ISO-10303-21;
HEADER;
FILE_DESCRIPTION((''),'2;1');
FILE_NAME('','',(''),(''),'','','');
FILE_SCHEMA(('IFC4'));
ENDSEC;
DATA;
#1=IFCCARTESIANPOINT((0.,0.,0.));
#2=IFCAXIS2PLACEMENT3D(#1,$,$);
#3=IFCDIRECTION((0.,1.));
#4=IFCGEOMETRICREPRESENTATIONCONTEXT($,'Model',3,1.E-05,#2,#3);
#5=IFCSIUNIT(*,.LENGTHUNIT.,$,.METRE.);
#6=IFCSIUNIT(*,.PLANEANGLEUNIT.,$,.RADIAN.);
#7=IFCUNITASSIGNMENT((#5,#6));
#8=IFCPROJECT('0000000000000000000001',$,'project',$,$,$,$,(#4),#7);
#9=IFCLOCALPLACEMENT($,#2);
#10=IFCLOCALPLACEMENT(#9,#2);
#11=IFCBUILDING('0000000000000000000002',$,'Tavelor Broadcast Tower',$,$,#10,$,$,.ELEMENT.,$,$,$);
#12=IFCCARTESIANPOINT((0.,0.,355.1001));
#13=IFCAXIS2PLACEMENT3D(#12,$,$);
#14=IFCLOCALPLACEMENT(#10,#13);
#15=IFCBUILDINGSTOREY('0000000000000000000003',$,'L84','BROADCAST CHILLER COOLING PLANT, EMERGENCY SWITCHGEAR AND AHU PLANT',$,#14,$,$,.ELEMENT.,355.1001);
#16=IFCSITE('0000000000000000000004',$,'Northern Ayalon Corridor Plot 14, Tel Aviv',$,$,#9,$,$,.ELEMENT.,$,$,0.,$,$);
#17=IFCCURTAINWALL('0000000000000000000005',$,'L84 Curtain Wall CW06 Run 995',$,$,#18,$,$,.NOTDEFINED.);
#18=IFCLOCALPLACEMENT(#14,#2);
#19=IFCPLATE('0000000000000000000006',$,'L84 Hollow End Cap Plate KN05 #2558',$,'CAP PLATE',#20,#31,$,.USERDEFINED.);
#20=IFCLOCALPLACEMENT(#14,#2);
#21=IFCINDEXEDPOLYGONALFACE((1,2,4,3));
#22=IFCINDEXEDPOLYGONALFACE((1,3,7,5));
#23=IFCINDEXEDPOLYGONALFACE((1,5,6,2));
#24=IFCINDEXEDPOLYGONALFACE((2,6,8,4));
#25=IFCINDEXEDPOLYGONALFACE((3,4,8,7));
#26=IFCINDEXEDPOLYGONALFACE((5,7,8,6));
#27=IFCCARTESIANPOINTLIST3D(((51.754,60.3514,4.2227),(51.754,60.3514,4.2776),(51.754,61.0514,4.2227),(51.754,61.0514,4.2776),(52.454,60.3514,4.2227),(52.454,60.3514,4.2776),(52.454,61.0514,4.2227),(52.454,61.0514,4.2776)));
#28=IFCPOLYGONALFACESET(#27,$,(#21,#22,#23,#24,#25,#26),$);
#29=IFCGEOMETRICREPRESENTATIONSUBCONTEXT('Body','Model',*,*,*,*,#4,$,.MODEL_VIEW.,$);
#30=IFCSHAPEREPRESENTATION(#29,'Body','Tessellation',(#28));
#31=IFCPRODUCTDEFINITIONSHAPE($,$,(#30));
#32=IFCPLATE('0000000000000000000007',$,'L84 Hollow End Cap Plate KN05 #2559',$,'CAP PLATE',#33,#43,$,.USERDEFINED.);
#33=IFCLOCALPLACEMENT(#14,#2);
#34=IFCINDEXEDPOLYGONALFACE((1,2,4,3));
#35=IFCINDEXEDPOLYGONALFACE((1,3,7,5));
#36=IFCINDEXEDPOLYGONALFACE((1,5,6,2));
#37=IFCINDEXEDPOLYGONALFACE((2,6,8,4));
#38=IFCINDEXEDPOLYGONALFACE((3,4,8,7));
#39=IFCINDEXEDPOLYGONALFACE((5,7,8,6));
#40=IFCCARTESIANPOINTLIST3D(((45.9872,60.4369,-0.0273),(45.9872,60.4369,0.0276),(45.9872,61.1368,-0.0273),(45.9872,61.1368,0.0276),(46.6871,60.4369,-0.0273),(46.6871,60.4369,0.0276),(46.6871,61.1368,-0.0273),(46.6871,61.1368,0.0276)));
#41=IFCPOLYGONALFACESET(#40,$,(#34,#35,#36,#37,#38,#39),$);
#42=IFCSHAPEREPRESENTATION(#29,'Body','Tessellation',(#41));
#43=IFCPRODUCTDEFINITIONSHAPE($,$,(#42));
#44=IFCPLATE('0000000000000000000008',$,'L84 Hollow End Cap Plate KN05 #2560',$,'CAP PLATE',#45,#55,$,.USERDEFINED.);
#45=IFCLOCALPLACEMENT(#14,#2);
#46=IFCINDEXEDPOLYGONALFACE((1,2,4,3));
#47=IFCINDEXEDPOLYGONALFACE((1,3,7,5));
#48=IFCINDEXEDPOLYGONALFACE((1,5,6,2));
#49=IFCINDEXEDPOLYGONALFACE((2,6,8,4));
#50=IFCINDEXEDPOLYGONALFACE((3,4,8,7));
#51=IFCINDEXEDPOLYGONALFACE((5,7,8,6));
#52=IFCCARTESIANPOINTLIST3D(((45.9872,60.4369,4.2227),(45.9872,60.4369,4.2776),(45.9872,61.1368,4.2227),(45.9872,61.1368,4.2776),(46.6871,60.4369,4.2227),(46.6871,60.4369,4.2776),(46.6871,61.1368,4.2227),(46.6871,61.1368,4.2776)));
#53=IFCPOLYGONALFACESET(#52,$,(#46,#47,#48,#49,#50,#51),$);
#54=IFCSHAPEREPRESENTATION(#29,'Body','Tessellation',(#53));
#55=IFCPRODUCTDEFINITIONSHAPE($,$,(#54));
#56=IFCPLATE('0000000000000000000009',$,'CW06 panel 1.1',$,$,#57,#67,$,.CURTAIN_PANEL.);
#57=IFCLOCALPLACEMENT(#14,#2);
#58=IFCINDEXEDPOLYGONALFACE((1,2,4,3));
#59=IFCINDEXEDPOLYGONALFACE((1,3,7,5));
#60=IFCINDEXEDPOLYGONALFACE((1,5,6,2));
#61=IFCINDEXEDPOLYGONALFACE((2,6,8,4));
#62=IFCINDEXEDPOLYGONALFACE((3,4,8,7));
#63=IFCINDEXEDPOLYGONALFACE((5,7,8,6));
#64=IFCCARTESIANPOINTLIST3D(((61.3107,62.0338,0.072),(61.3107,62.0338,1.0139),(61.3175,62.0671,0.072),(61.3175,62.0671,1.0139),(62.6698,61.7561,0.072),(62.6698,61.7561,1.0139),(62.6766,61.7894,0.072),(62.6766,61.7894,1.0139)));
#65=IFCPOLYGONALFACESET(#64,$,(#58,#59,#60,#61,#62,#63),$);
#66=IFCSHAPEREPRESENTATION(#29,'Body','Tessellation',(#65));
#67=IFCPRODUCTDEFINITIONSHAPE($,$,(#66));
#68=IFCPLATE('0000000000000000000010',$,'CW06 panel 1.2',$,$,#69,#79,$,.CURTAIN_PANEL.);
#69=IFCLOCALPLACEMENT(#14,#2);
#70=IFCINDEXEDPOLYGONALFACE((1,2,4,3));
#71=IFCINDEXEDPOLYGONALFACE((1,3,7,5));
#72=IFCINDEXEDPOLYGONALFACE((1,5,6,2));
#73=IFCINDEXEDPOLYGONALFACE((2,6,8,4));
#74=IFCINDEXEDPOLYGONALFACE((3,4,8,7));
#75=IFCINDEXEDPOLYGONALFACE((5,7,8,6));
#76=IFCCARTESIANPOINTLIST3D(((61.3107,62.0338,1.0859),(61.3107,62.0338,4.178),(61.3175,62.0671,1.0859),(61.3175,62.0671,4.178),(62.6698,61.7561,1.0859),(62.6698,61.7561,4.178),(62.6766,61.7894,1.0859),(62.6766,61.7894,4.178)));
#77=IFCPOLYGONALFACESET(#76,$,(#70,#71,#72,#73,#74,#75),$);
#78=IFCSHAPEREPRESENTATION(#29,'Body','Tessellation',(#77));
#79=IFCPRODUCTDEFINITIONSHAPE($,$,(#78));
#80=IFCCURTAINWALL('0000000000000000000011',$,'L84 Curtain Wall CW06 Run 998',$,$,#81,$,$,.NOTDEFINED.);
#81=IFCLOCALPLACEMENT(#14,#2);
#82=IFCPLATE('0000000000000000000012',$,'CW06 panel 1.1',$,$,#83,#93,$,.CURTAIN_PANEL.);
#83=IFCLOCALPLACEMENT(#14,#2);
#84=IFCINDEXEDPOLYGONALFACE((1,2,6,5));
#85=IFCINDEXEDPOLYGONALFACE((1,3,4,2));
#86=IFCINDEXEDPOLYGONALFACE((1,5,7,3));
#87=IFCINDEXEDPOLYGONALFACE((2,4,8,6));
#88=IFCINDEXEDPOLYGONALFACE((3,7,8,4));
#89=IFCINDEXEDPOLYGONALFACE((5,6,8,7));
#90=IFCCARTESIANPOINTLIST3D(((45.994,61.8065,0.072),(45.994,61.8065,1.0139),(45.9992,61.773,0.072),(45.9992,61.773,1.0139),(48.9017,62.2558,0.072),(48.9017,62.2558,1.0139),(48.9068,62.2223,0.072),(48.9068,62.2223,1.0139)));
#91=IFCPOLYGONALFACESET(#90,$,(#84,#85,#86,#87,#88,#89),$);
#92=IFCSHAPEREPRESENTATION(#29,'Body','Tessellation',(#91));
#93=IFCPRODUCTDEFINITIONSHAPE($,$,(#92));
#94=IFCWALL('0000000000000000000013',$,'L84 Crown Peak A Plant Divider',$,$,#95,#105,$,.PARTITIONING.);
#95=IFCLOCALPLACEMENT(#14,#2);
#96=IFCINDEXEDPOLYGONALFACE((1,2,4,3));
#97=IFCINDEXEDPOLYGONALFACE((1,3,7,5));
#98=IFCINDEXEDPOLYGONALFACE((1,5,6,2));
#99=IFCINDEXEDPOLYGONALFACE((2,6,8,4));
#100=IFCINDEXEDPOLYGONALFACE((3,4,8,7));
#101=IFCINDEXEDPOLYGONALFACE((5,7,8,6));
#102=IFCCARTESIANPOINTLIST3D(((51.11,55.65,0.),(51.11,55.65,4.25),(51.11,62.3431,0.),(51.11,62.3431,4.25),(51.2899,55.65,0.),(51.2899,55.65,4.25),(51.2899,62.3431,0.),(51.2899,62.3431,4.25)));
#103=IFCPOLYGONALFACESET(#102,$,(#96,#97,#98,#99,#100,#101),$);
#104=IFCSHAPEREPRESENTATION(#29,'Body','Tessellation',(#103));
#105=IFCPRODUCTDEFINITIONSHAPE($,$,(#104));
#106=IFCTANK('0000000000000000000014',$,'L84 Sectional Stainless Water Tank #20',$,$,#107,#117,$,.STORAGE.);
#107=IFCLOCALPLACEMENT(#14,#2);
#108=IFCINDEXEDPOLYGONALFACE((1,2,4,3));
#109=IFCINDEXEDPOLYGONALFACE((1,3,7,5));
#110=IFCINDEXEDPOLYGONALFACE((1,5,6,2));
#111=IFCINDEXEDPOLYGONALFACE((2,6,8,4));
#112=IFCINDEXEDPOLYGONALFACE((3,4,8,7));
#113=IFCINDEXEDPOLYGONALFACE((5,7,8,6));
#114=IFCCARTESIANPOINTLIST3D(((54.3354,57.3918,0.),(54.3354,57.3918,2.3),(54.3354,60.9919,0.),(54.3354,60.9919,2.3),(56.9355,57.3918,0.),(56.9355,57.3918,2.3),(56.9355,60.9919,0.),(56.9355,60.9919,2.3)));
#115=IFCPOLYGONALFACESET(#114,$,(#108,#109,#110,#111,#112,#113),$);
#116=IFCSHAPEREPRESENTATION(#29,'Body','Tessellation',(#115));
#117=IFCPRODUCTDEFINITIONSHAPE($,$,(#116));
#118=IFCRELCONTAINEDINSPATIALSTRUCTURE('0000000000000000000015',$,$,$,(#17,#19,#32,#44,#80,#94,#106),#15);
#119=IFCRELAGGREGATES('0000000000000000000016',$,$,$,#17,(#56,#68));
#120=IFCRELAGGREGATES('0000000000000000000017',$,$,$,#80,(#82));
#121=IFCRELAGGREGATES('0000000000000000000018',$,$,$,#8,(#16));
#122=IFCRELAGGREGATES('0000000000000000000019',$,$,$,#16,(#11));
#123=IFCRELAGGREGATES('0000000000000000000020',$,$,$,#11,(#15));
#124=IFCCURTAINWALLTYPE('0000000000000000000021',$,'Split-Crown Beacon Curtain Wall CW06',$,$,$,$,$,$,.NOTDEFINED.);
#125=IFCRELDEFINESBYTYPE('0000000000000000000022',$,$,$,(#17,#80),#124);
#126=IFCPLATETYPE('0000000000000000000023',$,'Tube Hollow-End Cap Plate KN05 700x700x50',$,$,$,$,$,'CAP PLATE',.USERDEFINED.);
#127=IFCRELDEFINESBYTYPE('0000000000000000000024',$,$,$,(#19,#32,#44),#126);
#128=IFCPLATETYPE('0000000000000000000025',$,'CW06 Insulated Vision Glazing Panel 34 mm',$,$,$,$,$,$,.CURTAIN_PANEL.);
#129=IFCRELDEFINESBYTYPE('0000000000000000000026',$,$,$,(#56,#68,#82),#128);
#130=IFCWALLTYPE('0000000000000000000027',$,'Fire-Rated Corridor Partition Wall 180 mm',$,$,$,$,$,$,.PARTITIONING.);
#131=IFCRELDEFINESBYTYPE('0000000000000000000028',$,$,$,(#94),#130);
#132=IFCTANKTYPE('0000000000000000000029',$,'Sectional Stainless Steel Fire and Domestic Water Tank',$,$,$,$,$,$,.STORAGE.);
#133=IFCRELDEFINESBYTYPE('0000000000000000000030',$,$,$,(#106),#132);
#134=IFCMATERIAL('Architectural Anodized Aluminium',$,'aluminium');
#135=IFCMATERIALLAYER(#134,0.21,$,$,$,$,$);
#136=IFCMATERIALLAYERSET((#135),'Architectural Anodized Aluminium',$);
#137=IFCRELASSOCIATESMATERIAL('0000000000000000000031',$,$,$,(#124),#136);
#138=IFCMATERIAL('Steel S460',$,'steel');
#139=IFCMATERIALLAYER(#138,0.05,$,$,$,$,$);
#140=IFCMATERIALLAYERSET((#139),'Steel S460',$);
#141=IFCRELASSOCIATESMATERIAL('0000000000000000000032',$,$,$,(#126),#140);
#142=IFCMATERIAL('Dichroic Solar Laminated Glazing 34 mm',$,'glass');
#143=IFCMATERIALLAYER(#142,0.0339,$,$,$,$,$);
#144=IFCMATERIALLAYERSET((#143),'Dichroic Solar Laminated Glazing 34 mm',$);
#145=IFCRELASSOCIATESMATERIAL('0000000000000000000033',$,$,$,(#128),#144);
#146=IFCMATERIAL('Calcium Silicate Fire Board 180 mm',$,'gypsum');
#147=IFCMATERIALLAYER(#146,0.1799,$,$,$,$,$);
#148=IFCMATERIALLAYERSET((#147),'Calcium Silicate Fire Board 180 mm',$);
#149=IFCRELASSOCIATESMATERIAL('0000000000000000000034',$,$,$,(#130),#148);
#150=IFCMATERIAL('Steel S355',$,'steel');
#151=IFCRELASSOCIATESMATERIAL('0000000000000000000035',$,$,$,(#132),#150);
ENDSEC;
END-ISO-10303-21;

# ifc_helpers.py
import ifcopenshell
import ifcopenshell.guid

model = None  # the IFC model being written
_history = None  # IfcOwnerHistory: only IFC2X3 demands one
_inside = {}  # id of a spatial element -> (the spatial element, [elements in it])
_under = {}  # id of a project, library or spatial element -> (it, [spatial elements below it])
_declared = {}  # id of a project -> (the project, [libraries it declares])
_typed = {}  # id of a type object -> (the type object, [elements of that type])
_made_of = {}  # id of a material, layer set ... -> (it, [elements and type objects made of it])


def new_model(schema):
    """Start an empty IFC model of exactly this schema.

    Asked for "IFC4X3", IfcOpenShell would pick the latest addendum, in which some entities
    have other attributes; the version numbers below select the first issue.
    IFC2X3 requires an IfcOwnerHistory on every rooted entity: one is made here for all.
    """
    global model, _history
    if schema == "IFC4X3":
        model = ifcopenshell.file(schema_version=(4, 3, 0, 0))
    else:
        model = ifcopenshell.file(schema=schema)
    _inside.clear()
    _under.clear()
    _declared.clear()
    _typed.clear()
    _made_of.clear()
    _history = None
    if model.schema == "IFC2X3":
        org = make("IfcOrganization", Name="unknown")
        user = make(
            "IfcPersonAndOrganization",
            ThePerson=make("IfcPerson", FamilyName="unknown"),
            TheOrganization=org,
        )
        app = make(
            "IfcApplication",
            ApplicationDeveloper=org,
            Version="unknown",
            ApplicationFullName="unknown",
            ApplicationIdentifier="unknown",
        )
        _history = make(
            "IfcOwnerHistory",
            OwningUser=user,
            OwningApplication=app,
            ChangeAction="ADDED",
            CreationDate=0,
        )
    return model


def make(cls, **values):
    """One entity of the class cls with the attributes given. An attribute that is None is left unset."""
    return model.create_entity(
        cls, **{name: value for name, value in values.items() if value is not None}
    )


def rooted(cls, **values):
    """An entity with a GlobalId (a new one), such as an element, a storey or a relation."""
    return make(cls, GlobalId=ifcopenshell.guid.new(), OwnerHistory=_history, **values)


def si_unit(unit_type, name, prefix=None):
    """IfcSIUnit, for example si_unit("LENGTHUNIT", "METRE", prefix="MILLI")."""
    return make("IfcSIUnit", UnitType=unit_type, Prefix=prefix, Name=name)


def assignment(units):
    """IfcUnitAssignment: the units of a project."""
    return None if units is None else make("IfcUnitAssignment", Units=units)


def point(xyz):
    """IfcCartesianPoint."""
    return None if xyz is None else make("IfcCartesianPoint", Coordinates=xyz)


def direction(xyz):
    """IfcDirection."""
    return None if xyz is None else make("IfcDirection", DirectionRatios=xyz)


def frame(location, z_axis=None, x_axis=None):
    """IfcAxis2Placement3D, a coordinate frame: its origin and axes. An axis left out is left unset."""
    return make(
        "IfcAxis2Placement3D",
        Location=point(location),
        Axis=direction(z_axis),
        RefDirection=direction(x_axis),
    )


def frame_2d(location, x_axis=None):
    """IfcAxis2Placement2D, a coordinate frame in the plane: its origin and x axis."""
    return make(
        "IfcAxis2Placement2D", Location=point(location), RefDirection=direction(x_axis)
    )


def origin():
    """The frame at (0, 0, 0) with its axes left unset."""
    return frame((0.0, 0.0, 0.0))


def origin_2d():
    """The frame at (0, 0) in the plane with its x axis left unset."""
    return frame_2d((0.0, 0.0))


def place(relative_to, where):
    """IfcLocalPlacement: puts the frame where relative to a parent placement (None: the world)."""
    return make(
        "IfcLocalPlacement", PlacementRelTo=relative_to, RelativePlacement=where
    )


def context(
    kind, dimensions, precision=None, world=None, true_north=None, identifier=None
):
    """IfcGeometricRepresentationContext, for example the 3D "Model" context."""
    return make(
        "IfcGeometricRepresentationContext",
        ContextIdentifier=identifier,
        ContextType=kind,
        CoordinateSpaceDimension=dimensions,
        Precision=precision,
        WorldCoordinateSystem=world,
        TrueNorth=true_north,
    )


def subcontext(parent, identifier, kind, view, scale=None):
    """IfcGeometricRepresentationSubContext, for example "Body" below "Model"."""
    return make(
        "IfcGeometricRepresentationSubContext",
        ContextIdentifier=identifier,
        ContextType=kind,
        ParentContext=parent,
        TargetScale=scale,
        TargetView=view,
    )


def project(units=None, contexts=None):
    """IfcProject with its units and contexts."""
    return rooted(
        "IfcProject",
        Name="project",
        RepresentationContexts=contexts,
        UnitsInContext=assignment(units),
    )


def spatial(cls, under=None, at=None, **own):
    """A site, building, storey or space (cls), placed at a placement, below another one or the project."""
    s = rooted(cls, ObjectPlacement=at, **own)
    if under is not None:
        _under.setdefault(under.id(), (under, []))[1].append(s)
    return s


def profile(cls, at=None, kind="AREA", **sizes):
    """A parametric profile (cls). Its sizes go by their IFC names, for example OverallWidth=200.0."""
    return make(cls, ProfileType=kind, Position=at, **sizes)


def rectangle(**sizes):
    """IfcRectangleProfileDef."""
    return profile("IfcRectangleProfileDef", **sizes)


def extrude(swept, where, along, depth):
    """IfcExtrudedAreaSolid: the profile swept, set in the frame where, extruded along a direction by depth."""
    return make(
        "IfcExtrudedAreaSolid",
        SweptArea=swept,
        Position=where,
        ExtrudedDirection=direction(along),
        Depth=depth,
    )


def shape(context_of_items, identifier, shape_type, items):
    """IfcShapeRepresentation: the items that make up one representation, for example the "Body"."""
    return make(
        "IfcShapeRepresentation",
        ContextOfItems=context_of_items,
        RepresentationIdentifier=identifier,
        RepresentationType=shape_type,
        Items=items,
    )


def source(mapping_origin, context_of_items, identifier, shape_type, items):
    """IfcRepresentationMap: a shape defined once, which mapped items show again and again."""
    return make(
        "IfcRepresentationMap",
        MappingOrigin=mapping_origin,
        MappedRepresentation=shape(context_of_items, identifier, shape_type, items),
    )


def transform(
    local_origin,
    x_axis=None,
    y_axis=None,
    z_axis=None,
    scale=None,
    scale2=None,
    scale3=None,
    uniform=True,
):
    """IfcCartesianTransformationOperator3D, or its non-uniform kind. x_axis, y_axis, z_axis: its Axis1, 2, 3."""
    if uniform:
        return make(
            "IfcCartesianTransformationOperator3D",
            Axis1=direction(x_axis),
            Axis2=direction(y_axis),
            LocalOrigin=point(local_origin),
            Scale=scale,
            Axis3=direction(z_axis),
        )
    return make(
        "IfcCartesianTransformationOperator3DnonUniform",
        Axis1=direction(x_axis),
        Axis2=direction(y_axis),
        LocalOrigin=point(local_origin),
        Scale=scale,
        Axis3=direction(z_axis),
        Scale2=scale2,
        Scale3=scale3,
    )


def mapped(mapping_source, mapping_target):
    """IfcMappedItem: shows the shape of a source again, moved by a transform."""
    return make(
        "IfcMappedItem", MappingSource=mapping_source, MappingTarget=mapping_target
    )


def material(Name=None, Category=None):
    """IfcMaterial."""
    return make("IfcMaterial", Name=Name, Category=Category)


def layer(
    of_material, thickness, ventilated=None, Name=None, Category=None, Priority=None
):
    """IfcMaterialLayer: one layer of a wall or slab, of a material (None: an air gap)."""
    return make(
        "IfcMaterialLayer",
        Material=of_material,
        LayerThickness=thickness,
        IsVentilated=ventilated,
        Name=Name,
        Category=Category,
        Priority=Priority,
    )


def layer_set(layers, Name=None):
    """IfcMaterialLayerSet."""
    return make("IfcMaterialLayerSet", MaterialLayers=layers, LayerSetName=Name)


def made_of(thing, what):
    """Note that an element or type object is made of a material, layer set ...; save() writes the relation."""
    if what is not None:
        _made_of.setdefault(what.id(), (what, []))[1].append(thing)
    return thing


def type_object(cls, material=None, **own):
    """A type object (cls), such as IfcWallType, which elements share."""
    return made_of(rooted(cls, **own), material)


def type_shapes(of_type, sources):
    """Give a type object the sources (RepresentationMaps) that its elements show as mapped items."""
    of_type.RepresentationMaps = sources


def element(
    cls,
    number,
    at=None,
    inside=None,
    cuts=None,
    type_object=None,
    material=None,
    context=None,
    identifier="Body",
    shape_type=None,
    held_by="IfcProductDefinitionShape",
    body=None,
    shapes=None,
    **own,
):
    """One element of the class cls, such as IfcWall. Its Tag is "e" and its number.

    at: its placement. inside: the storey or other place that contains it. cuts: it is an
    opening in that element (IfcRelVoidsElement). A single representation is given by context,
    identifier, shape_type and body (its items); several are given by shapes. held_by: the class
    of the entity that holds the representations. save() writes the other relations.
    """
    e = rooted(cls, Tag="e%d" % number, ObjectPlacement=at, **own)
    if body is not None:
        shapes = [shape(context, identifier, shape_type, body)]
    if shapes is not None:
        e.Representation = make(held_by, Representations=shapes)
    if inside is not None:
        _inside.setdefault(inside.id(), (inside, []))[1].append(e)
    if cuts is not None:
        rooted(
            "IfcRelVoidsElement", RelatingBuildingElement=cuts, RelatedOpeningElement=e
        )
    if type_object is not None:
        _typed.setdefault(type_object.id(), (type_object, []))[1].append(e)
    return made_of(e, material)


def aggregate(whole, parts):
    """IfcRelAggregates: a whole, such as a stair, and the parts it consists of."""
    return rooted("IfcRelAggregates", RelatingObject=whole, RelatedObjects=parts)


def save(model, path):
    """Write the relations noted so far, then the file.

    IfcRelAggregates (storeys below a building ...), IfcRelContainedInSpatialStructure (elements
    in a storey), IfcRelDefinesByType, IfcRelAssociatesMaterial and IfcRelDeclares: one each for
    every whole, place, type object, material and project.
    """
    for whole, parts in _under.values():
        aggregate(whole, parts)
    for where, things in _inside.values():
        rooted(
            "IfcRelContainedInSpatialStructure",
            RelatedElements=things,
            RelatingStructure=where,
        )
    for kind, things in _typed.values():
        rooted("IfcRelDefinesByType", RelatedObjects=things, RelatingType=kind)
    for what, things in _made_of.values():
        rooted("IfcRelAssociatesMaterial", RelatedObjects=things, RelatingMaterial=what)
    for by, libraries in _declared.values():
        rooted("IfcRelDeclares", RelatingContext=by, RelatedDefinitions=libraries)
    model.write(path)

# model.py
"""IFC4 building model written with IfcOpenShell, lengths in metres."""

from ifc_helpers import new_model, si_unit, direction, frame, frame_2d, origin, origin_2d, place, context, subcontext, project, spatial, rectangle, extrude, source, transform, mapped, material, layer, layer_set, type_object, type_shapes, element, aggregate, save


model = new_model("IFC4")

# Units and contexts
model_context = context("Model", 3, precision=1e-05, world=origin(), true_north=direction((0.0, 1.0)))
body_context = subcontext(model_context, "Body", "Model", "MODEL_VIEW")
ifc_project = project(units=[si_unit("LENGTHUNIT", "METRE"), si_unit("PLANEANGLEUNIT", "RADIAN")], contexts=[model_context])

# Site, building, storey
site_placement = place(None, origin())
site = spatial("IfcSite", under=ifc_project, at=site_placement, Name="Northern Ayalon Corridor Plot 14, Tel Aviv", CompositionType="ELEMENT", RefElevation=0.0)
building_placement = place(site_placement, origin())
building = spatial("IfcBuilding", under=site, at=building_placement, Name="Tavelor Broadcast Tower", CompositionType="ELEMENT")
storey_placement = place(building_placement, frame((0.0, 0.0, 355.1001)))
storey = spatial("IfcBuildingStorey", under=building, at=storey_placement, Name="L84", Description="BROADCAST CHILLER COOLING PLANT, EMERGENCY SWITCHGEAR AND AHU PLANT", CompositionType="ELEMENT", Elevation=355.1001)

# Shared definitions
ifc_material_1 = material(Name="Steel S355", Category="steel")

# Curtain wall
ifc_material_2 = material(Name="Architectural Anodized Aluminium", Category="aluminium")
ifc_layer_1 = layer(ifc_material_2, 0.21)
ifc_layer_set_1 = layer_set([ifc_layer_1], Name="Architectural Anodized Aluminium")
curtain_wall_type = type_object("IfcCurtainWallType", Name="Split-Crown Beacon Curtain Wall CW06", PredefinedType="NOTDEFINED", material=ifc_layer_set_1)
curtain_wall_1_placement = place(storey_placement, origin())
curtain_wall_1 = element("IfcCurtainWall", 1, at=curtain_wall_1_placement, inside=storey, type_object=curtain_wall_type, Name="L84 Curtain Wall CW06 Run 995", PredefinedType="NOTDEFINED")

# Plates
ifc_material_3 = material(Name="Steel S460", Category="steel")
ifc_layer_2 = layer(ifc_material_3, 0.05)
ifc_layer_set_2 = layer_set([ifc_layer_2], Name="Steel S460")
plate_type_1 = type_object("IfcPlateType", Name="Tube Hollow-End Cap Plate KN05 700x700x50", ElementType="CAP PLATE", PredefinedType="USERDEFINED", material=ifc_layer_set_2)
shared_shape_1 = source(origin(), body_context, "Body", "SweptSolid", [
    extrude(rectangle(XDim=0.7, YDim=0.7, at=origin_2d()), origin(), (0.0, 0.0, 1.0), 0.0549),
])
type_shapes(plate_type_1, [shared_shape_1])
for number, where, z_axis, x_axis, name in (
    (2, (52.104, 60.7014, 4.2227), (0.0, 0.0, 1.0), (1.0, 0.0, 0.0), "L84 Hollow End Cap Plate KN05 #2558"),
    (3, (46.3372, 60.7869, -0.0273), (0.0, 0.0, 1.0), (1.0, 0.0, 0.0), "L84 Hollow End Cap Plate KN05 #2559"),
    (4, (46.3372, 60.7869, 4.2227), (0.0, 0.0, 1.0), (1.0, 0.0, 0.0), "L84 Hollow End Cap Plate KN05 #2560"),
):
    element("IfcPlate", number, at=place(storey_placement, frame(where, z_axis=z_axis, x_axis=x_axis)), inside=storey, type_object=plate_type_1, Name=name, ObjectType="CAP PLATE", PredefinedType="USERDEFINED", context=body_context, shape_type="MappedRepresentation", body=[
        mapped(shared_shape_1, transform((0.0, 0.0, 0.0), scale=1.0)),
    ])

# Plates
ifc_material_4 = material(Name="Dichroic Solar Laminated Glazing 34 mm", Category="glass")
ifc_layer_3 = layer(ifc_material_4, 0.0339)
ifc_layer_set_3 = layer_set([ifc_layer_3], Name="Dichroic Solar Laminated Glazing 34 mm")
plate_type_2 = type_object("IfcPlateType", Name="CW06 Insulated Vision Glazing Panel 34 mm", PredefinedType="CURTAIN_PANEL", material=ifc_layer_set_3)
shared_shape_2 = source(origin(), body_context, "Body", "SweptSolid", [
    extrude(rectangle(XDim=1.3872, YDim=0.0339, at=origin_2d()), origin(), (0.0, 0.0, 1.0), 0.9419),
])
plate_1_placement = place(storey_placement, frame((61.9937, 61.9116, 0.072), z_axis=(0.0, 0.0, 1.0), x_axis=(-0.979758, 0.200184, 0.0)))
plate_1 = element("IfcPlate", 5, at=plate_1_placement, type_object=plate_type_2, Name="CW06 panel 1.1", PredefinedType="CURTAIN_PANEL", context=body_context, shape_type="MappedRepresentation", body=[
    mapped(shared_shape_2, transform((0.0, 0.0, 0.0), scale=1.0)),
])
shared_shape_3 = source(origin(), body_context, "Body", "SweptSolid", [
    extrude(rectangle(XDim=1.3872, YDim=0.0339, at=origin_2d()), origin(), (0.0, 0.0, 1.0), 3.092),
])
plate_2_placement = place(storey_placement, frame((61.9937, 61.9116, 1.0859), z_axis=(0.0, 0.0, 1.0), x_axis=(-0.979758, 0.200184, 0.0)))
plate_2 = element("IfcPlate", 6, at=plate_2_placement, type_object=plate_type_2, Name="CW06 panel 1.2", PredefinedType="CURTAIN_PANEL", context=body_context, shape_type="MappedRepresentation", body=[
    mapped(shared_shape_3, transform((0.0, 0.0, 0.0), scale=1.0)),
])
aggregate(curtain_wall_1, [plate_1, plate_2])

# Curtain wall, plate
curtain_wall_2_placement = place(storey_placement, origin())
curtain_wall_2 = element("IfcCurtainWall", 7, at=curtain_wall_2_placement, inside=storey, type_object=curtain_wall_type, Name="L84 Curtain Wall CW06 Run 998", PredefinedType="NOTDEFINED")
shared_shape_4 = source(origin(), body_context, "Body", "SweptSolid", [
    extrude(rectangle(XDim=2.9421, YDim=0.0339, at=origin_2d()), origin(), (0.0, 0.0, 1.0), 0.9419),
])
type_shapes(plate_type_2, [shared_shape_2, shared_shape_3, shared_shape_4])
plate_3_placement = place(storey_placement, frame((47.4504, 62.0144, 0.072), z_axis=(0.0, 0.0, 1.0), x_axis=(-0.98827, -0.152715, 0.0)))
plate_3 = element("IfcPlate", 8, at=plate_3_placement, type_object=plate_type_2, Name="CW06 panel 1.1", PredefinedType="CURTAIN_PANEL", context=body_context, shape_type="MappedRepresentation", body=[
    mapped(shared_shape_4, transform((0.0, 0.0, 0.0), scale=1.0)),
])
aggregate(curtain_wall_2, [plate_3])

# Wall
ifc_material_5 = material(Name="Calcium Silicate Fire Board 180 mm", Category="gypsum")
ifc_layer_4 = layer(ifc_material_5, 0.1799)
ifc_layer_set_4 = layer_set([ifc_layer_4], Name="Calcium Silicate Fire Board 180 mm")
wall_type = type_object("IfcWallType", Name="Fire-Rated Corridor Partition Wall 180 mm", PredefinedType="PARTITIONING", material=ifc_layer_set_4)
wall_placement = place(storey_placement, frame((51.2, 55.6499, 0.0), z_axis=(0.0, 0.0, 1.0), x_axis=(0.0, 1.0, 0.0)))
element("IfcWall", 9, at=wall_placement, inside=storey, type_object=wall_type, Name="L84 Crown Peak A Plant Divider", PredefinedType="PARTITIONING", context=body_context, shape_type="SweptSolid", body=[
    extrude(rectangle(XDim=6.6931, YDim=0.1799, at=frame_2d((3.3467, 0.0))), origin(), (0.0, 0.0, 1.0), 4.25),
])

# Tank
tank_type = type_object("IfcTankType", Name="Sectional Stainless Steel Fire and Domestic Water Tank", PredefinedType="STORAGE", material=ifc_material_1)
tank_placement = place(storey_placement, frame((55.6355, 59.1919, 0.0), z_axis=(0.0, 0.0, 1.0), x_axis=(1.0, 0.0, 0.0)))
element("IfcTank", 10, at=tank_placement, inside=storey, type_object=tank_type, Name="L84 Sectional Stainless Water Tank #20", PredefinedType="STORAGE", context=body_context, shape_type="SweptSolid", body=[
    extrude(rectangle(XDim=2.6001, YDim=3.6001, at=origin_2d()), origin(), (0.0, 0.0, 1.0), 2.3),
])

save(model, "model.ifc")
